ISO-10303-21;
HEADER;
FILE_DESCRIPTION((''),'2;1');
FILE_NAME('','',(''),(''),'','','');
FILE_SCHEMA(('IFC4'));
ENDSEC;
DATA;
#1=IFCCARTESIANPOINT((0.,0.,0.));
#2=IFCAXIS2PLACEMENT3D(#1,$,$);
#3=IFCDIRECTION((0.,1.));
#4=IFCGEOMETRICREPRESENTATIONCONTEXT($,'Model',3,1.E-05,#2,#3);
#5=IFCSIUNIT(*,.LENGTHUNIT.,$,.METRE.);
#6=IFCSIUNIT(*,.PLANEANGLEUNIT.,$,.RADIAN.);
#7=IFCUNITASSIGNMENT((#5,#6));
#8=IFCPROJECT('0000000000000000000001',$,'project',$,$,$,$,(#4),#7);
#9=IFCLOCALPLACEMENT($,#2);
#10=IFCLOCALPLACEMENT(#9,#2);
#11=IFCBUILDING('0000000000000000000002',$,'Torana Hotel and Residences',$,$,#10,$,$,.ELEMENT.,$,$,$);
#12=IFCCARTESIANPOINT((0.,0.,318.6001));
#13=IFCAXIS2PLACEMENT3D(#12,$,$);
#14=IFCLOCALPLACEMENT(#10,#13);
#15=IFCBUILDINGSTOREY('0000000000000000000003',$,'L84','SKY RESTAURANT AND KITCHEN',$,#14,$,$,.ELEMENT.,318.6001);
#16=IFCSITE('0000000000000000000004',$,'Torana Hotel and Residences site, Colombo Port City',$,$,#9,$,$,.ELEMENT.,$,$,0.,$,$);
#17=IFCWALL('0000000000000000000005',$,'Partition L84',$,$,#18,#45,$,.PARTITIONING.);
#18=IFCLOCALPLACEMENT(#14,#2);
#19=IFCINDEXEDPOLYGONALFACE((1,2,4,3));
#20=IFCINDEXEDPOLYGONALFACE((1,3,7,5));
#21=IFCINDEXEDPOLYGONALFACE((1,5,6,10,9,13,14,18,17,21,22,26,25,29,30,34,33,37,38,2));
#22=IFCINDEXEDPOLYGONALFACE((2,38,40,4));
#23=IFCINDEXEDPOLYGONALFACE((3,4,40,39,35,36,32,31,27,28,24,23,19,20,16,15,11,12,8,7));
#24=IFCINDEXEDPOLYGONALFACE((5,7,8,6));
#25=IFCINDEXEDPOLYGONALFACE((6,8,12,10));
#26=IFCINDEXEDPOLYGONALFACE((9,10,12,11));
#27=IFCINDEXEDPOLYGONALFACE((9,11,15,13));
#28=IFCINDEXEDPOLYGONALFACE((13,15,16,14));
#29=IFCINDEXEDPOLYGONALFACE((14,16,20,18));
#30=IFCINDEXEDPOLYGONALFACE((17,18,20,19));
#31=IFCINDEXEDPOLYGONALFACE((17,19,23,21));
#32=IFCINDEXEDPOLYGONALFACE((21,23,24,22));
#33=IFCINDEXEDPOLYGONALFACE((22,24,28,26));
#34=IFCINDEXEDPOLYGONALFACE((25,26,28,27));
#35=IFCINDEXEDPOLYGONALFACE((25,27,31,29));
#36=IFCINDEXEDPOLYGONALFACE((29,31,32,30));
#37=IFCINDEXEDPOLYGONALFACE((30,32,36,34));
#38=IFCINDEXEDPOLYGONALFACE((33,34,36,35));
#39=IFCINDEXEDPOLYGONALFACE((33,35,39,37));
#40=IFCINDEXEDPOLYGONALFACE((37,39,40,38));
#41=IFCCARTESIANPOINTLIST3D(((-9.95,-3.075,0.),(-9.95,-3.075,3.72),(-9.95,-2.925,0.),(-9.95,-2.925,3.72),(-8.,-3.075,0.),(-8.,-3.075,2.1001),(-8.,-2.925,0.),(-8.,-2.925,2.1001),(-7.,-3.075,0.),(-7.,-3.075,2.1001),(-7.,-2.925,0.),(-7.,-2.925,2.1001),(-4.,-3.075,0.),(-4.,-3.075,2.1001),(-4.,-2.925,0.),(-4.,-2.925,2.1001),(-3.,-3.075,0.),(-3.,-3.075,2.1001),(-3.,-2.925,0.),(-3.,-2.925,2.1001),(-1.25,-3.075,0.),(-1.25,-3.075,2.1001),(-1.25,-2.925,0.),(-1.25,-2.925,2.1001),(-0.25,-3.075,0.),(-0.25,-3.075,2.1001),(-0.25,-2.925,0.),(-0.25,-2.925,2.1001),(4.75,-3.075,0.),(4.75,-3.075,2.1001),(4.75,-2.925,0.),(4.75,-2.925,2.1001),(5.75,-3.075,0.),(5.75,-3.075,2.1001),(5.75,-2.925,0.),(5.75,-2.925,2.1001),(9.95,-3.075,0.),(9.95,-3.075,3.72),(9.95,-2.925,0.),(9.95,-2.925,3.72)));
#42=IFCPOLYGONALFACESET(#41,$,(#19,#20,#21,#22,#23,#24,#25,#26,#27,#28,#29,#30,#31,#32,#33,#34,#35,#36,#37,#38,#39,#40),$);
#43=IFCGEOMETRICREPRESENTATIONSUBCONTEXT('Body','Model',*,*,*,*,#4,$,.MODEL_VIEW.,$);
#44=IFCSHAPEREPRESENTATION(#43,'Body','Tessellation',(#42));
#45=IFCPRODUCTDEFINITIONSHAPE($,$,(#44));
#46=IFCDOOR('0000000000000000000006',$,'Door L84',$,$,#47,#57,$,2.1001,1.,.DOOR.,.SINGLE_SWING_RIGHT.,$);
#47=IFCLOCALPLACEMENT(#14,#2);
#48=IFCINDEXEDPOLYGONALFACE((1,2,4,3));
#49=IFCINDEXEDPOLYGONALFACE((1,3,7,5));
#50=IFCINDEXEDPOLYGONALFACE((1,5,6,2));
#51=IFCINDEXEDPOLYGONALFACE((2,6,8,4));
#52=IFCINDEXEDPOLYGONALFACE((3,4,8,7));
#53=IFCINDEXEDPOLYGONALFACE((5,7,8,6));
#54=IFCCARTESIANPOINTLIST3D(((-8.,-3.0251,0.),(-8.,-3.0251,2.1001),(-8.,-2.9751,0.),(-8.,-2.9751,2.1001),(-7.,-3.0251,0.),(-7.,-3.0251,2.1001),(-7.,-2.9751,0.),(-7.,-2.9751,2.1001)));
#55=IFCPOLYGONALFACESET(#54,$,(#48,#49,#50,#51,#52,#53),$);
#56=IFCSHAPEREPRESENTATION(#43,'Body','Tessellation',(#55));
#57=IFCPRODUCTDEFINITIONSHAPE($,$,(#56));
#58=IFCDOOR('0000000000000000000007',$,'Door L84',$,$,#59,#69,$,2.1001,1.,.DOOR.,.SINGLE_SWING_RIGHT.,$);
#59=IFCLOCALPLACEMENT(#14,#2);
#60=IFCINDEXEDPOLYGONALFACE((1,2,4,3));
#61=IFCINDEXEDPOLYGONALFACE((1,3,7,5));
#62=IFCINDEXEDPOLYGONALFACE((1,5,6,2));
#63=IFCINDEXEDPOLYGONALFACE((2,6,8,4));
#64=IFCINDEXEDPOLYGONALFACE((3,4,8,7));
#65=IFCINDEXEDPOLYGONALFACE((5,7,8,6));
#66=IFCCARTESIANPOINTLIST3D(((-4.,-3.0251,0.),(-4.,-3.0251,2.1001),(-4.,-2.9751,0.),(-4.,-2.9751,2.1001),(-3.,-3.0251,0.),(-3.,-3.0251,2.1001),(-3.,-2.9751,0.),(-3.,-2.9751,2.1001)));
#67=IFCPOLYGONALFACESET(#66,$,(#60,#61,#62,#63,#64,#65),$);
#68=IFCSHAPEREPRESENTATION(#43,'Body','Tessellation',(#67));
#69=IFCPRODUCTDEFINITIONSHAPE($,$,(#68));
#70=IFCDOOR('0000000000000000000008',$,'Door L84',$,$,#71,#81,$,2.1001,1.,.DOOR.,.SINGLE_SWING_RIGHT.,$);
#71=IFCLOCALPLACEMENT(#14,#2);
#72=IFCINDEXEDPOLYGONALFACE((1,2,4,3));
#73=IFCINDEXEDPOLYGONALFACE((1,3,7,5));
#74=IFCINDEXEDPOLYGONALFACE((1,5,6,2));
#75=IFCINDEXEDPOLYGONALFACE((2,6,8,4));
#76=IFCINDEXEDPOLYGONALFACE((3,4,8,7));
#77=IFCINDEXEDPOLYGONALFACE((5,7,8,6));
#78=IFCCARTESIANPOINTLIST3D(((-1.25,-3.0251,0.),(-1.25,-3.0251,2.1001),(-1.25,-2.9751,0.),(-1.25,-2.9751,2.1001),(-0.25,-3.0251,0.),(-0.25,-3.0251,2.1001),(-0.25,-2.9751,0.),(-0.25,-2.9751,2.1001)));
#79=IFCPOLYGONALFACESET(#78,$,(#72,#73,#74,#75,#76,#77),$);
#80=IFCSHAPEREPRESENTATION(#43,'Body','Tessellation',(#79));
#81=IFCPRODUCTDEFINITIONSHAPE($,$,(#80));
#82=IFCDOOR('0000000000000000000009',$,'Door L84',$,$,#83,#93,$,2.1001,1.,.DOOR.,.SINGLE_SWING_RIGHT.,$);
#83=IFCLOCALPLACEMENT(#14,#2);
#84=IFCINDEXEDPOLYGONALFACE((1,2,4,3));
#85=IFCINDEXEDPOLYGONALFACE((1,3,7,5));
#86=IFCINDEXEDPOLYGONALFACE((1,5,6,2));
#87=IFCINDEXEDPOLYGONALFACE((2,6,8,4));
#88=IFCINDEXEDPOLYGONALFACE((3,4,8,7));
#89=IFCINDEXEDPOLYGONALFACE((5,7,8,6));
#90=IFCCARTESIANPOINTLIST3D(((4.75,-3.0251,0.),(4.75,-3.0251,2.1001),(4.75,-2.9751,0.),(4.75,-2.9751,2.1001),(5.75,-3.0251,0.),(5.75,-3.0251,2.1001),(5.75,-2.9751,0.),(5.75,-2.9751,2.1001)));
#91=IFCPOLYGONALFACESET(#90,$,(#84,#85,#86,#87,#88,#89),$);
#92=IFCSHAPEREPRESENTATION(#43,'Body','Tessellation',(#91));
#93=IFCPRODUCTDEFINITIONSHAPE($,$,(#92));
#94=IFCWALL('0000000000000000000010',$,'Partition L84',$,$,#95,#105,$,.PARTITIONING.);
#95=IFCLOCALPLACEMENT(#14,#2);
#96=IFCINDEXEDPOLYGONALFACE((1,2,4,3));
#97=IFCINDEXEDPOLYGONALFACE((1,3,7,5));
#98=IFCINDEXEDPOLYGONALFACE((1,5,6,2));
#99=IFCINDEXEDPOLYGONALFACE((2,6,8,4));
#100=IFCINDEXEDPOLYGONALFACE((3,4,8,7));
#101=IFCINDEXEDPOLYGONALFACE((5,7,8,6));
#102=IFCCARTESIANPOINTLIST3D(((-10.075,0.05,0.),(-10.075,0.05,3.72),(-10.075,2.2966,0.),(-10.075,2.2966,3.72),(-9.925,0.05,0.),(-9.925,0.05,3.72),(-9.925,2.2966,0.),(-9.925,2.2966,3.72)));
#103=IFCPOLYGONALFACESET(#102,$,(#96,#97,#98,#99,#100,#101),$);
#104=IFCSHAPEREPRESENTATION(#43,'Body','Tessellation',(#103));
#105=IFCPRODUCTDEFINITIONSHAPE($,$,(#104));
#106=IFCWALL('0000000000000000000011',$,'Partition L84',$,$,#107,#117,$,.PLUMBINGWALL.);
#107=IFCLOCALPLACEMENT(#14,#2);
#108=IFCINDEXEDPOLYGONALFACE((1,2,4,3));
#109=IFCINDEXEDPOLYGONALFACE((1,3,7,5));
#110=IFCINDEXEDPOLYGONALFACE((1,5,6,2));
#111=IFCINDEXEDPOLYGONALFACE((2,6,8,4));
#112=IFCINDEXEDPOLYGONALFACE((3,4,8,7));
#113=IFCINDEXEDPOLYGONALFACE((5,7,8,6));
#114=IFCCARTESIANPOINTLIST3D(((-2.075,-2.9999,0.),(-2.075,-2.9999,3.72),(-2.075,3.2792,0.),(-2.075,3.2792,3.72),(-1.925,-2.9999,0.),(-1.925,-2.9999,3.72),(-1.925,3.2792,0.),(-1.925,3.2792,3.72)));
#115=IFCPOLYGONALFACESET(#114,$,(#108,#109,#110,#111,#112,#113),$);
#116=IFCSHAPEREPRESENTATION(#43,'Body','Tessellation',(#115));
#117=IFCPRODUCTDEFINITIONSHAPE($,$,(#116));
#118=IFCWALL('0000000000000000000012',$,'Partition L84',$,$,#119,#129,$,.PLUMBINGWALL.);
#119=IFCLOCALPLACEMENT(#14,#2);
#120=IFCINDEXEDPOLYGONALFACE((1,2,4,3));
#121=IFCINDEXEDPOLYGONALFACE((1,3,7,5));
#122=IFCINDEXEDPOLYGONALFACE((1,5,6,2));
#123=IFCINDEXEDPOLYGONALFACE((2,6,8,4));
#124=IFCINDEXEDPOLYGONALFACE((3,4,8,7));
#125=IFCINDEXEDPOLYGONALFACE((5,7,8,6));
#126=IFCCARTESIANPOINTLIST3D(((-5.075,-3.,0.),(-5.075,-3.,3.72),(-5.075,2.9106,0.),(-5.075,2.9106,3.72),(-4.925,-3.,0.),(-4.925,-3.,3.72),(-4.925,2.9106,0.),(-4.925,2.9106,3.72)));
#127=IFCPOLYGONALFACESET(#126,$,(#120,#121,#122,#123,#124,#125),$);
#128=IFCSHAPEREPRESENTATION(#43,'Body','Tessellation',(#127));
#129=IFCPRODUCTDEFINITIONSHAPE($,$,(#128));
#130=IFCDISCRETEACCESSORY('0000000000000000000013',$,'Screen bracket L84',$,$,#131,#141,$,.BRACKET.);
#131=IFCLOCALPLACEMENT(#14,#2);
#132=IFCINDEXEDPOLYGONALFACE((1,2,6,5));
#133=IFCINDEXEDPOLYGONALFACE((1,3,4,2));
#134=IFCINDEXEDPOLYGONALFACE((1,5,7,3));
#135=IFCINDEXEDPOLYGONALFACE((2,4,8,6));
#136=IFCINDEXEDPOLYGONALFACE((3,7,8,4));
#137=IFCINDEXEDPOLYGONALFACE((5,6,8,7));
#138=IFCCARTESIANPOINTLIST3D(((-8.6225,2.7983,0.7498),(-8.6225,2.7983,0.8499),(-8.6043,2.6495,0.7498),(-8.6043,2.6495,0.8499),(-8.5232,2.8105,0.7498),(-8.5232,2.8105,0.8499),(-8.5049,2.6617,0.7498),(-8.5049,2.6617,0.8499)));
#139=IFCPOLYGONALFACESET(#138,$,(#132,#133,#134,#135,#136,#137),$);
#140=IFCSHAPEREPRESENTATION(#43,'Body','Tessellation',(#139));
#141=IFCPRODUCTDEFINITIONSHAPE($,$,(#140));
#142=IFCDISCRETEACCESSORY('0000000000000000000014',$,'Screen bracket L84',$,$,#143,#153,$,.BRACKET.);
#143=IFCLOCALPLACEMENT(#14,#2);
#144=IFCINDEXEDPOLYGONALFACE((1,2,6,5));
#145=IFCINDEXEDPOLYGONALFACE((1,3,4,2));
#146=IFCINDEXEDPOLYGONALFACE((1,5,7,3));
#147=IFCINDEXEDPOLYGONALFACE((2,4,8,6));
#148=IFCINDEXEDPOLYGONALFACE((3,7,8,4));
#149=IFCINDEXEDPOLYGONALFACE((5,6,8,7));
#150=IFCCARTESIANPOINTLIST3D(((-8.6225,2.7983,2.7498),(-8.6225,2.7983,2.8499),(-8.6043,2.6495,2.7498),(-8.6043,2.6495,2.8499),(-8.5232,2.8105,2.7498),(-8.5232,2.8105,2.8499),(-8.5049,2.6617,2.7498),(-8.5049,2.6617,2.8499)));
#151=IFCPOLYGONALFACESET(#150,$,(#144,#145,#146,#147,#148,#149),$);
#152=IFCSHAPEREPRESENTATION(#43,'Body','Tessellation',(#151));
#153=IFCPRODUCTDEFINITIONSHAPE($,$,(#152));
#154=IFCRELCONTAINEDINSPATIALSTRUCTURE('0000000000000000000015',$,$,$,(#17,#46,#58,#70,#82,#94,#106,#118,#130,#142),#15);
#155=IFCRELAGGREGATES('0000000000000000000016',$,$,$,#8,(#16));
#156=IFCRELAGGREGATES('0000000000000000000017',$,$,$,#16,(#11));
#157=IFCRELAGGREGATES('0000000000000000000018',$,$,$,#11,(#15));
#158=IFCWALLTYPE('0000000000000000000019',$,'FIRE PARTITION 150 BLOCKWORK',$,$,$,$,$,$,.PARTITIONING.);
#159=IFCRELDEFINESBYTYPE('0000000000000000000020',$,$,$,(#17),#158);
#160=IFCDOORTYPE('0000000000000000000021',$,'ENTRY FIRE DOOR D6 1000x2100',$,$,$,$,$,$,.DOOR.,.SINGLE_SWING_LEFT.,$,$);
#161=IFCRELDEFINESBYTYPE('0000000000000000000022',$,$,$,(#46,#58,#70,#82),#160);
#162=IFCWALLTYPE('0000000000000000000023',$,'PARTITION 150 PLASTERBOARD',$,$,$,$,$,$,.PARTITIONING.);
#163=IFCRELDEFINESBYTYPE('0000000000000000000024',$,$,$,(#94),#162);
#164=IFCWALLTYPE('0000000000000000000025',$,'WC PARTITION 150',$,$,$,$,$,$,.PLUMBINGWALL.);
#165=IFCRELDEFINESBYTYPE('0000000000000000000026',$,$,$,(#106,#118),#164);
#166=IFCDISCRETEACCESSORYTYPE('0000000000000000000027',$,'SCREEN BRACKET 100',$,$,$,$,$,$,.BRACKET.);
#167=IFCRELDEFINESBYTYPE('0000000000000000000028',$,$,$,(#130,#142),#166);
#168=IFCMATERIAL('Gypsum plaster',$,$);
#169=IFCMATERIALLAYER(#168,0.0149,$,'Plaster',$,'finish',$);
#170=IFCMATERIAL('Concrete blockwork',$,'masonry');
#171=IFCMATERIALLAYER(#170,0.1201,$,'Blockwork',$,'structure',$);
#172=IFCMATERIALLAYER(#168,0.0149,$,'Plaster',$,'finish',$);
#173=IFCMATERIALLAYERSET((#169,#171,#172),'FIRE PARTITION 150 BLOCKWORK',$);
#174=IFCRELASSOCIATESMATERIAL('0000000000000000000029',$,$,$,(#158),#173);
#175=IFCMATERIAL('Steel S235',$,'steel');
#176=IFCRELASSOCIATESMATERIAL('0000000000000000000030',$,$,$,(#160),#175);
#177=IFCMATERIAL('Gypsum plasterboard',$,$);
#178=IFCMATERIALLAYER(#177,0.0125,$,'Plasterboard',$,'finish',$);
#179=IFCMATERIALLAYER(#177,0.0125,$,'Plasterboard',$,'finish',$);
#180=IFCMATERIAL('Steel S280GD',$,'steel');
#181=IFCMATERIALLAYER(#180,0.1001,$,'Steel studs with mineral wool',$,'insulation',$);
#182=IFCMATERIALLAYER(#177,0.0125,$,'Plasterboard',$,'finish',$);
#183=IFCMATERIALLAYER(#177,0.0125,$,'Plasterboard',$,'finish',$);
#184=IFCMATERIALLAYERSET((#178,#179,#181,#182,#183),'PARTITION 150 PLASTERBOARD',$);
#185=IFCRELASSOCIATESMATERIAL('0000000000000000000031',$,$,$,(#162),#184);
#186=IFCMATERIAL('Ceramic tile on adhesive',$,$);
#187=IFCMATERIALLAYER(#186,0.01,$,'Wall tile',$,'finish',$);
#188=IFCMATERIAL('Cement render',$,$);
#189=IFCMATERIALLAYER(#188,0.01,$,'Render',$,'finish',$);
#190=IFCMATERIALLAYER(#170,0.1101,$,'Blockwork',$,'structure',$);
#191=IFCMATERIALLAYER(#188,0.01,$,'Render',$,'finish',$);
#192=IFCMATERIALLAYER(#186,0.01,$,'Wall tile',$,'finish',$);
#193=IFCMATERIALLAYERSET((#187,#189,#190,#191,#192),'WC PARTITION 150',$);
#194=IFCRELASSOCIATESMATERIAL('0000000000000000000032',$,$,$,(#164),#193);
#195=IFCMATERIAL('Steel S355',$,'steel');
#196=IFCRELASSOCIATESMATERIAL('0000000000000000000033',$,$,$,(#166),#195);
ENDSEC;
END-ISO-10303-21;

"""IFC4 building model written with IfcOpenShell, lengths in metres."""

from ifc_helpers import new_model, si_unit, direction, frame, frame_2d, origin, origin_2d, place, context, subcontext, project, spatial, rectangle, extrude, material, layer, layer_set, type_object, element, fill, save


model = new_model("IFC4")

# Units and contexts
model_context = context("Model", 3, precision=1e-05, world=origin(), true_north=direction((0.0, 1.0)))
body_context = subcontext(model_context, "Body", "Model", "MODEL_VIEW")
ifc_project = project(units=[si_unit("LENGTHUNIT", "METRE"), si_unit("PLANEANGLEUNIT", "RADIAN")], contexts=[model_context])

# Site, building, storey
site_placement = place(None, origin())
site = spatial("IfcSite", under=ifc_project, at=site_placement, Name="Torana Hotel and Residences site, Colombo Port City", CompositionType="ELEMENT", RefElevation=0.0)
building_placement = place(site_placement, origin())
building = spatial("IfcBuilding", under=site, at=building_placement, Name="Torana Hotel and Residences", CompositionType="ELEMENT")
storey_placement = place(building_placement, frame((0.0, 0.0, 318.6001)))
storey = spatial("IfcBuildingStorey", under=building, at=storey_placement, Name="L84", Description="SKY RESTAURANT AND KITCHEN", CompositionType="ELEMENT", Elevation=318.6001)

# Shared definitions
ifc_material_1 = material(Name="Gypsum plaster")
ifc_layer_1 = layer(ifc_material_1, 0.0149, Name="Plaster", Category="finish")
ifc_material_2 = material(Name="Concrete blockwork", Category="masonry")
ifc_layer_2 = layer(ifc_material_2, 0.1201, Name="Blockwork", Category="structure")
ifc_layer_3 = layer(ifc_material_1, 0.0149, Name="Plaster", Category="finish")
ifc_layer_set_1 = layer_set([ifc_layer_1, ifc_layer_2, ifc_layer_3], Name="FIRE PARTITION 150 BLOCKWORK")
wall_type_1 = type_object("IfcWallType", Name="FIRE PARTITION 150 BLOCKWORK", PredefinedType="PARTITIONING", material=ifc_layer_set_1)

# Shared definitions
ifc_material_3 = material(Name="Steel S235", Category="steel")
door_type = type_object("IfcDoorType", Name="ENTRY FIRE DOOR D6 1000x2100", OperationType="SINGLE_SWING_LEFT", PredefinedType="DOOR", material=ifc_material_3)

# Wall, openings, doors
wall_1_placement = place(storey_placement, frame((-9.95, -3.0, 0.0), z_axis=(0.0, 0.0, 1.0), x_axis=(1.0, 0.0, 0.0)))
wall_1 = element("IfcWall", 1, at=wall_1_placement, inside=storey, type_object=wall_type_1, Name="Partition L84", PredefinedType="PARTITIONING", context=body_context, shape_type="SweptSolid", body=[
    extrude(rectangle(XDim=19.8999, YDim=0.1499, at=frame_2d((9.95, 0.0))), origin(), (0.0, 0.0, 1.0), 3.72),
])
opening_1_placement = place(wall_1_placement, frame((1.95, 0.0, 0.0)))
opening_1 = element("IfcOpeningElement", 2, at=opening_1_placement, cuts=wall_1, PredefinedType="OPENING", context=body_context, shape_type="SweptSolid", body=[
    extrude(rectangle(XDim=1.0, YDim=2.1001, at=frame_2d((0.5, 1.05))), frame((0.0, 0.085, 0.0), z_axis=(0.0, -1.0, 0.0), x_axis=(1.0, 0.0, 0.0)), (0.0, 0.0, 1.0), 0.1699),
])
opening_2_placement = place(wall_1_placement, frame((5.95, 0.0, 0.0)))
opening_2 = element("IfcOpeningElement", 3, at=opening_2_placement, cuts=wall_1, PredefinedType="OPENING", context=body_context, shape_type="SweptSolid", body=[
    extrude(rectangle(XDim=1.0, YDim=2.1001, at=frame_2d((0.5, 1.05))), frame((0.0, 0.085, 0.0), z_axis=(0.0, -1.0, 0.0), x_axis=(1.0, 0.0, 0.0)), (0.0, 0.0, 1.0), 0.1699),
])
opening_3_placement = place(wall_1_placement, frame((8.7, 0.0, 0.0)))
opening_3 = element("IfcOpeningElement", 4, at=opening_3_placement, cuts=wall_1, PredefinedType="OPENING", context=body_context, shape_type="SweptSolid", body=[
    extrude(rectangle(XDim=1.0, YDim=2.1001, at=frame_2d((0.5, 1.05))), frame((0.0, 0.085, 0.0), z_axis=(0.0, -1.0, 0.0), x_axis=(1.0, 0.0, 0.0)), (0.0, 0.0, 1.0), 0.1699),
])
opening_4_placement = place(wall_1_placement, frame((14.7, 0.0, 0.0)))
opening_4 = element("IfcOpeningElement", 5, at=opening_4_placement, cuts=wall_1, PredefinedType="OPENING", context=body_context, shape_type="SweptSolid", body=[
    extrude(rectangle(XDim=1.0, YDim=2.1001, at=frame_2d((0.5, 1.05))), frame((0.0, 0.085, 0.0), z_axis=(0.0, -1.0, 0.0), x_axis=(1.0, 0.0, 0.0)), (0.0, 0.0, 1.0), 0.1699),
])
door_1_placement = place(opening_1_placement, origin())
door_1 = element("IfcDoor", 6, at=door_1_placement, inside=storey, type_object=door_type, Name="Door L84", OperationType="SINGLE_SWING_RIGHT", OverallHeight=2.1001, OverallWidth=1.0, PredefinedType="DOOR", context=body_context, shape_type="SweptSolid", body=[
    extrude(rectangle(XDim=1.0, YDim=2.1001, at=frame_2d((0.5, 1.05))), frame((0.0, 0.0249, 0.0), z_axis=(0.0, -1.0, 0.0), x_axis=(1.0, 0.0, 0.0)), (0.0, 0.0, 1.0), 0.05),
])
fill(opening_1, door_1)
door_2_placement = place(opening_2_placement, origin())
door_2 = element("IfcDoor", 7, at=door_2_placement, inside=storey, type_object=door_type, Name="Door L84", OperationType="SINGLE_SWING_RIGHT", OverallHeight=2.1001, OverallWidth=1.0, PredefinedType="DOOR", context=body_context, shape_type="SweptSolid", body=[
    extrude(rectangle(XDim=1.0, YDim=2.1001, at=frame_2d((0.5, 1.05))), frame((0.0, 0.0249, 0.0), z_axis=(0.0, -1.0, 0.0), x_axis=(1.0, 0.0, 0.0)), (0.0, 0.0, 1.0), 0.05),
])
fill(opening_2, door_2)
door_3_placement = place(opening_3_placement, origin())
door_3 = element("IfcDoor", 8, at=door_3_placement, inside=storey, type_object=door_type, Name="Door L84", OperationType="SINGLE_SWING_RIGHT", OverallHeight=2.1001, OverallWidth=1.0, PredefinedType="DOOR", context=body_context, shape_type="SweptSolid", body=[
    extrude(rectangle(XDim=1.0, YDim=2.1001, at=frame_2d((0.5, 1.05))), frame((0.0, 0.0249, 0.0), z_axis=(0.0, -1.0, 0.0), x_axis=(1.0, 0.0, 0.0)), (0.0, 0.0, 1.0), 0.05),
])
fill(opening_3, door_3)
door_4_placement = place(opening_4_placement, origin())
door_4 = element("IfcDoor", 9, at=door_4_placement, inside=storey, type_object=door_type, Name="Door L84", OperationType="SINGLE_SWING_RIGHT", OverallHeight=2.1001, OverallWidth=1.0, PredefinedType="DOOR", context=body_context, shape_type="SweptSolid", body=[
    extrude(rectangle(XDim=1.0, YDim=2.1001, at=frame_2d((0.5, 1.05))), frame((0.0, 0.0249, 0.0), z_axis=(0.0, -1.0, 0.0), x_axis=(1.0, 0.0, 0.0)), (0.0, 0.0, 1.0), 0.05),
])
fill(opening_4, door_4)

# Walls
ifc_material_4 = material(Name="Gypsum plasterboard")
ifc_layer_4 = layer(ifc_material_4, 0.0125, Name="Plasterboard", Category="finish")
ifc_layer_5 = layer(ifc_material_4, 0.0125, Name="Plasterboard", Category="finish")
ifc_material_5 = material(Name="Steel S280GD", Category="steel")
ifc_layer_6 = layer(ifc_material_5, 0.1001, Name="Steel studs with mineral wool", Category="insulation")
ifc_layer_7 = layer(ifc_material_4, 0.0125, Name="Plasterboard", Category="finish")
ifc_layer_8 = layer(ifc_material_4, 0.0125, Name="Plasterboard", Category="finish")
ifc_layer_set_2 = layer_set([ifc_layer_4, ifc_layer_5, ifc_layer_6, ifc_layer_7, ifc_layer_8], Name="PARTITION 150 PLASTERBOARD")
wall_type_2 = type_object("IfcWallType", Name="PARTITION 150 PLASTERBOARD", PredefinedType="PARTITIONING", material=ifc_layer_set_2)
wall_2_placement = place(storey_placement, frame((-10.0, 0.05, 0.0), z_axis=(0.0, 0.0, 1.0), x_axis=(0.0, 1.0, 0.0)))
element("IfcWall", 10, at=wall_2_placement, inside=storey, type_object=wall_type_2, Name="Partition L84", PredefinedType="PARTITIONING", context=body_context, shape_type="SweptSolid", body=[
    extrude(rectangle(XDim=2.2466, YDim=0.1499, at=frame_2d((1.1233, 0.0))), origin(), (0.0, 0.0, 1.0), 3.72),
])
ifc_material_6 = material(Name="Ceramic tile on adhesive")
ifc_layer_9 = layer(ifc_material_6, 0.01, Name="Wall tile", Category="finish")
ifc_material_7 = material(Name="Cement render")
ifc_layer_10 = layer(ifc_material_7, 0.01, Name="Render", Category="finish")
ifc_layer_11 = layer(ifc_material_2, 0.1101, Name="Blockwork", Category="structure")
ifc_layer_12 = layer(ifc_material_7, 0.01, Name="Render", Category="finish")
ifc_layer_13 = layer(ifc_material_6, 0.01, Name="Wall tile", Category="finish")
ifc_layer_set_3 = layer_set([ifc_layer_9, ifc_layer_10, ifc_layer_11, ifc_layer_12, ifc_layer_13], Name="WC PARTITION 150")
wall_type_3 = type_object("IfcWallType", Name="WC PARTITION 150", PredefinedType="PLUMBINGWALL", material=ifc_layer_set_3)
wall_3_placement = place(storey_placement, frame((-2.0, -3.0, 0.0), z_axis=(0.0, 0.0, 1.0), x_axis=(0.0, 1.0, 0.0)))
element("IfcWall", 11, at=wall_3_placement, inside=storey, type_object=wall_type_3, Name="Partition L84", PredefinedType="PLUMBINGWALL", context=body_context, shape_type="SweptSolid", body=[
    extrude(rectangle(XDim=6.2791, YDim=0.1499, at=frame_2d((3.1396, 0.0))), origin(), (0.0, 0.0, 1.0), 3.72),
])
wall_4_placement = place(storey_placement, frame((-5.0, -3.0, 0.0), z_axis=(0.0, 0.0, 1.0), x_axis=(0.0, 1.0, 0.0)))
element("IfcWall", 12, at=wall_4_placement, inside=storey, type_object=wall_type_3, Name="Partition L84", PredefinedType="PLUMBINGWALL", context=body_context, shape_type="SweptSolid", body=[
    extrude(rectangle(XDim=5.9106, YDim=0.1499, at=frame_2d((2.9553, 0.0))), origin(), (0.0, 0.0, 1.0), 3.72),
])

# Discrete accessories
ifc_material_8 = material(Name="Steel S355", Category="steel")
discrete_accessory_type = type_object("IfcDiscreteAccessoryType", Name="SCREEN BRACKET 100", PredefinedType="BRACKET", material=ifc_material_8)
for number, where, z_axis, x_axis, name in (
    (13, (-8.5637, 2.73, 0.7498), (0.0, 0.0, 1.0), (-0.992547, -0.121866, 0.0), "Screen bracket L84"),
    (14, (-8.5637, 2.73, 2.7498), (0.0, 0.0, 1.0), (-0.992547, -0.121866, 0.0), "Screen bracket L84"),
):
    element("IfcDiscreteAccessory", number, at=place(storey_placement, frame(where, z_axis=z_axis, x_axis=x_axis)), inside=storey, type_object=discrete_accessory_type, Name=name, PredefinedType="BRACKET", context=body_context, shape_type="SweptSolid", body=[
        extrude(rectangle(XDim=0.1001, YDim=0.1499, at=origin_2d()), origin(), (0.0, 0.0, 1.0), 0.1001),
    ])

save(model, "model.ifc")
